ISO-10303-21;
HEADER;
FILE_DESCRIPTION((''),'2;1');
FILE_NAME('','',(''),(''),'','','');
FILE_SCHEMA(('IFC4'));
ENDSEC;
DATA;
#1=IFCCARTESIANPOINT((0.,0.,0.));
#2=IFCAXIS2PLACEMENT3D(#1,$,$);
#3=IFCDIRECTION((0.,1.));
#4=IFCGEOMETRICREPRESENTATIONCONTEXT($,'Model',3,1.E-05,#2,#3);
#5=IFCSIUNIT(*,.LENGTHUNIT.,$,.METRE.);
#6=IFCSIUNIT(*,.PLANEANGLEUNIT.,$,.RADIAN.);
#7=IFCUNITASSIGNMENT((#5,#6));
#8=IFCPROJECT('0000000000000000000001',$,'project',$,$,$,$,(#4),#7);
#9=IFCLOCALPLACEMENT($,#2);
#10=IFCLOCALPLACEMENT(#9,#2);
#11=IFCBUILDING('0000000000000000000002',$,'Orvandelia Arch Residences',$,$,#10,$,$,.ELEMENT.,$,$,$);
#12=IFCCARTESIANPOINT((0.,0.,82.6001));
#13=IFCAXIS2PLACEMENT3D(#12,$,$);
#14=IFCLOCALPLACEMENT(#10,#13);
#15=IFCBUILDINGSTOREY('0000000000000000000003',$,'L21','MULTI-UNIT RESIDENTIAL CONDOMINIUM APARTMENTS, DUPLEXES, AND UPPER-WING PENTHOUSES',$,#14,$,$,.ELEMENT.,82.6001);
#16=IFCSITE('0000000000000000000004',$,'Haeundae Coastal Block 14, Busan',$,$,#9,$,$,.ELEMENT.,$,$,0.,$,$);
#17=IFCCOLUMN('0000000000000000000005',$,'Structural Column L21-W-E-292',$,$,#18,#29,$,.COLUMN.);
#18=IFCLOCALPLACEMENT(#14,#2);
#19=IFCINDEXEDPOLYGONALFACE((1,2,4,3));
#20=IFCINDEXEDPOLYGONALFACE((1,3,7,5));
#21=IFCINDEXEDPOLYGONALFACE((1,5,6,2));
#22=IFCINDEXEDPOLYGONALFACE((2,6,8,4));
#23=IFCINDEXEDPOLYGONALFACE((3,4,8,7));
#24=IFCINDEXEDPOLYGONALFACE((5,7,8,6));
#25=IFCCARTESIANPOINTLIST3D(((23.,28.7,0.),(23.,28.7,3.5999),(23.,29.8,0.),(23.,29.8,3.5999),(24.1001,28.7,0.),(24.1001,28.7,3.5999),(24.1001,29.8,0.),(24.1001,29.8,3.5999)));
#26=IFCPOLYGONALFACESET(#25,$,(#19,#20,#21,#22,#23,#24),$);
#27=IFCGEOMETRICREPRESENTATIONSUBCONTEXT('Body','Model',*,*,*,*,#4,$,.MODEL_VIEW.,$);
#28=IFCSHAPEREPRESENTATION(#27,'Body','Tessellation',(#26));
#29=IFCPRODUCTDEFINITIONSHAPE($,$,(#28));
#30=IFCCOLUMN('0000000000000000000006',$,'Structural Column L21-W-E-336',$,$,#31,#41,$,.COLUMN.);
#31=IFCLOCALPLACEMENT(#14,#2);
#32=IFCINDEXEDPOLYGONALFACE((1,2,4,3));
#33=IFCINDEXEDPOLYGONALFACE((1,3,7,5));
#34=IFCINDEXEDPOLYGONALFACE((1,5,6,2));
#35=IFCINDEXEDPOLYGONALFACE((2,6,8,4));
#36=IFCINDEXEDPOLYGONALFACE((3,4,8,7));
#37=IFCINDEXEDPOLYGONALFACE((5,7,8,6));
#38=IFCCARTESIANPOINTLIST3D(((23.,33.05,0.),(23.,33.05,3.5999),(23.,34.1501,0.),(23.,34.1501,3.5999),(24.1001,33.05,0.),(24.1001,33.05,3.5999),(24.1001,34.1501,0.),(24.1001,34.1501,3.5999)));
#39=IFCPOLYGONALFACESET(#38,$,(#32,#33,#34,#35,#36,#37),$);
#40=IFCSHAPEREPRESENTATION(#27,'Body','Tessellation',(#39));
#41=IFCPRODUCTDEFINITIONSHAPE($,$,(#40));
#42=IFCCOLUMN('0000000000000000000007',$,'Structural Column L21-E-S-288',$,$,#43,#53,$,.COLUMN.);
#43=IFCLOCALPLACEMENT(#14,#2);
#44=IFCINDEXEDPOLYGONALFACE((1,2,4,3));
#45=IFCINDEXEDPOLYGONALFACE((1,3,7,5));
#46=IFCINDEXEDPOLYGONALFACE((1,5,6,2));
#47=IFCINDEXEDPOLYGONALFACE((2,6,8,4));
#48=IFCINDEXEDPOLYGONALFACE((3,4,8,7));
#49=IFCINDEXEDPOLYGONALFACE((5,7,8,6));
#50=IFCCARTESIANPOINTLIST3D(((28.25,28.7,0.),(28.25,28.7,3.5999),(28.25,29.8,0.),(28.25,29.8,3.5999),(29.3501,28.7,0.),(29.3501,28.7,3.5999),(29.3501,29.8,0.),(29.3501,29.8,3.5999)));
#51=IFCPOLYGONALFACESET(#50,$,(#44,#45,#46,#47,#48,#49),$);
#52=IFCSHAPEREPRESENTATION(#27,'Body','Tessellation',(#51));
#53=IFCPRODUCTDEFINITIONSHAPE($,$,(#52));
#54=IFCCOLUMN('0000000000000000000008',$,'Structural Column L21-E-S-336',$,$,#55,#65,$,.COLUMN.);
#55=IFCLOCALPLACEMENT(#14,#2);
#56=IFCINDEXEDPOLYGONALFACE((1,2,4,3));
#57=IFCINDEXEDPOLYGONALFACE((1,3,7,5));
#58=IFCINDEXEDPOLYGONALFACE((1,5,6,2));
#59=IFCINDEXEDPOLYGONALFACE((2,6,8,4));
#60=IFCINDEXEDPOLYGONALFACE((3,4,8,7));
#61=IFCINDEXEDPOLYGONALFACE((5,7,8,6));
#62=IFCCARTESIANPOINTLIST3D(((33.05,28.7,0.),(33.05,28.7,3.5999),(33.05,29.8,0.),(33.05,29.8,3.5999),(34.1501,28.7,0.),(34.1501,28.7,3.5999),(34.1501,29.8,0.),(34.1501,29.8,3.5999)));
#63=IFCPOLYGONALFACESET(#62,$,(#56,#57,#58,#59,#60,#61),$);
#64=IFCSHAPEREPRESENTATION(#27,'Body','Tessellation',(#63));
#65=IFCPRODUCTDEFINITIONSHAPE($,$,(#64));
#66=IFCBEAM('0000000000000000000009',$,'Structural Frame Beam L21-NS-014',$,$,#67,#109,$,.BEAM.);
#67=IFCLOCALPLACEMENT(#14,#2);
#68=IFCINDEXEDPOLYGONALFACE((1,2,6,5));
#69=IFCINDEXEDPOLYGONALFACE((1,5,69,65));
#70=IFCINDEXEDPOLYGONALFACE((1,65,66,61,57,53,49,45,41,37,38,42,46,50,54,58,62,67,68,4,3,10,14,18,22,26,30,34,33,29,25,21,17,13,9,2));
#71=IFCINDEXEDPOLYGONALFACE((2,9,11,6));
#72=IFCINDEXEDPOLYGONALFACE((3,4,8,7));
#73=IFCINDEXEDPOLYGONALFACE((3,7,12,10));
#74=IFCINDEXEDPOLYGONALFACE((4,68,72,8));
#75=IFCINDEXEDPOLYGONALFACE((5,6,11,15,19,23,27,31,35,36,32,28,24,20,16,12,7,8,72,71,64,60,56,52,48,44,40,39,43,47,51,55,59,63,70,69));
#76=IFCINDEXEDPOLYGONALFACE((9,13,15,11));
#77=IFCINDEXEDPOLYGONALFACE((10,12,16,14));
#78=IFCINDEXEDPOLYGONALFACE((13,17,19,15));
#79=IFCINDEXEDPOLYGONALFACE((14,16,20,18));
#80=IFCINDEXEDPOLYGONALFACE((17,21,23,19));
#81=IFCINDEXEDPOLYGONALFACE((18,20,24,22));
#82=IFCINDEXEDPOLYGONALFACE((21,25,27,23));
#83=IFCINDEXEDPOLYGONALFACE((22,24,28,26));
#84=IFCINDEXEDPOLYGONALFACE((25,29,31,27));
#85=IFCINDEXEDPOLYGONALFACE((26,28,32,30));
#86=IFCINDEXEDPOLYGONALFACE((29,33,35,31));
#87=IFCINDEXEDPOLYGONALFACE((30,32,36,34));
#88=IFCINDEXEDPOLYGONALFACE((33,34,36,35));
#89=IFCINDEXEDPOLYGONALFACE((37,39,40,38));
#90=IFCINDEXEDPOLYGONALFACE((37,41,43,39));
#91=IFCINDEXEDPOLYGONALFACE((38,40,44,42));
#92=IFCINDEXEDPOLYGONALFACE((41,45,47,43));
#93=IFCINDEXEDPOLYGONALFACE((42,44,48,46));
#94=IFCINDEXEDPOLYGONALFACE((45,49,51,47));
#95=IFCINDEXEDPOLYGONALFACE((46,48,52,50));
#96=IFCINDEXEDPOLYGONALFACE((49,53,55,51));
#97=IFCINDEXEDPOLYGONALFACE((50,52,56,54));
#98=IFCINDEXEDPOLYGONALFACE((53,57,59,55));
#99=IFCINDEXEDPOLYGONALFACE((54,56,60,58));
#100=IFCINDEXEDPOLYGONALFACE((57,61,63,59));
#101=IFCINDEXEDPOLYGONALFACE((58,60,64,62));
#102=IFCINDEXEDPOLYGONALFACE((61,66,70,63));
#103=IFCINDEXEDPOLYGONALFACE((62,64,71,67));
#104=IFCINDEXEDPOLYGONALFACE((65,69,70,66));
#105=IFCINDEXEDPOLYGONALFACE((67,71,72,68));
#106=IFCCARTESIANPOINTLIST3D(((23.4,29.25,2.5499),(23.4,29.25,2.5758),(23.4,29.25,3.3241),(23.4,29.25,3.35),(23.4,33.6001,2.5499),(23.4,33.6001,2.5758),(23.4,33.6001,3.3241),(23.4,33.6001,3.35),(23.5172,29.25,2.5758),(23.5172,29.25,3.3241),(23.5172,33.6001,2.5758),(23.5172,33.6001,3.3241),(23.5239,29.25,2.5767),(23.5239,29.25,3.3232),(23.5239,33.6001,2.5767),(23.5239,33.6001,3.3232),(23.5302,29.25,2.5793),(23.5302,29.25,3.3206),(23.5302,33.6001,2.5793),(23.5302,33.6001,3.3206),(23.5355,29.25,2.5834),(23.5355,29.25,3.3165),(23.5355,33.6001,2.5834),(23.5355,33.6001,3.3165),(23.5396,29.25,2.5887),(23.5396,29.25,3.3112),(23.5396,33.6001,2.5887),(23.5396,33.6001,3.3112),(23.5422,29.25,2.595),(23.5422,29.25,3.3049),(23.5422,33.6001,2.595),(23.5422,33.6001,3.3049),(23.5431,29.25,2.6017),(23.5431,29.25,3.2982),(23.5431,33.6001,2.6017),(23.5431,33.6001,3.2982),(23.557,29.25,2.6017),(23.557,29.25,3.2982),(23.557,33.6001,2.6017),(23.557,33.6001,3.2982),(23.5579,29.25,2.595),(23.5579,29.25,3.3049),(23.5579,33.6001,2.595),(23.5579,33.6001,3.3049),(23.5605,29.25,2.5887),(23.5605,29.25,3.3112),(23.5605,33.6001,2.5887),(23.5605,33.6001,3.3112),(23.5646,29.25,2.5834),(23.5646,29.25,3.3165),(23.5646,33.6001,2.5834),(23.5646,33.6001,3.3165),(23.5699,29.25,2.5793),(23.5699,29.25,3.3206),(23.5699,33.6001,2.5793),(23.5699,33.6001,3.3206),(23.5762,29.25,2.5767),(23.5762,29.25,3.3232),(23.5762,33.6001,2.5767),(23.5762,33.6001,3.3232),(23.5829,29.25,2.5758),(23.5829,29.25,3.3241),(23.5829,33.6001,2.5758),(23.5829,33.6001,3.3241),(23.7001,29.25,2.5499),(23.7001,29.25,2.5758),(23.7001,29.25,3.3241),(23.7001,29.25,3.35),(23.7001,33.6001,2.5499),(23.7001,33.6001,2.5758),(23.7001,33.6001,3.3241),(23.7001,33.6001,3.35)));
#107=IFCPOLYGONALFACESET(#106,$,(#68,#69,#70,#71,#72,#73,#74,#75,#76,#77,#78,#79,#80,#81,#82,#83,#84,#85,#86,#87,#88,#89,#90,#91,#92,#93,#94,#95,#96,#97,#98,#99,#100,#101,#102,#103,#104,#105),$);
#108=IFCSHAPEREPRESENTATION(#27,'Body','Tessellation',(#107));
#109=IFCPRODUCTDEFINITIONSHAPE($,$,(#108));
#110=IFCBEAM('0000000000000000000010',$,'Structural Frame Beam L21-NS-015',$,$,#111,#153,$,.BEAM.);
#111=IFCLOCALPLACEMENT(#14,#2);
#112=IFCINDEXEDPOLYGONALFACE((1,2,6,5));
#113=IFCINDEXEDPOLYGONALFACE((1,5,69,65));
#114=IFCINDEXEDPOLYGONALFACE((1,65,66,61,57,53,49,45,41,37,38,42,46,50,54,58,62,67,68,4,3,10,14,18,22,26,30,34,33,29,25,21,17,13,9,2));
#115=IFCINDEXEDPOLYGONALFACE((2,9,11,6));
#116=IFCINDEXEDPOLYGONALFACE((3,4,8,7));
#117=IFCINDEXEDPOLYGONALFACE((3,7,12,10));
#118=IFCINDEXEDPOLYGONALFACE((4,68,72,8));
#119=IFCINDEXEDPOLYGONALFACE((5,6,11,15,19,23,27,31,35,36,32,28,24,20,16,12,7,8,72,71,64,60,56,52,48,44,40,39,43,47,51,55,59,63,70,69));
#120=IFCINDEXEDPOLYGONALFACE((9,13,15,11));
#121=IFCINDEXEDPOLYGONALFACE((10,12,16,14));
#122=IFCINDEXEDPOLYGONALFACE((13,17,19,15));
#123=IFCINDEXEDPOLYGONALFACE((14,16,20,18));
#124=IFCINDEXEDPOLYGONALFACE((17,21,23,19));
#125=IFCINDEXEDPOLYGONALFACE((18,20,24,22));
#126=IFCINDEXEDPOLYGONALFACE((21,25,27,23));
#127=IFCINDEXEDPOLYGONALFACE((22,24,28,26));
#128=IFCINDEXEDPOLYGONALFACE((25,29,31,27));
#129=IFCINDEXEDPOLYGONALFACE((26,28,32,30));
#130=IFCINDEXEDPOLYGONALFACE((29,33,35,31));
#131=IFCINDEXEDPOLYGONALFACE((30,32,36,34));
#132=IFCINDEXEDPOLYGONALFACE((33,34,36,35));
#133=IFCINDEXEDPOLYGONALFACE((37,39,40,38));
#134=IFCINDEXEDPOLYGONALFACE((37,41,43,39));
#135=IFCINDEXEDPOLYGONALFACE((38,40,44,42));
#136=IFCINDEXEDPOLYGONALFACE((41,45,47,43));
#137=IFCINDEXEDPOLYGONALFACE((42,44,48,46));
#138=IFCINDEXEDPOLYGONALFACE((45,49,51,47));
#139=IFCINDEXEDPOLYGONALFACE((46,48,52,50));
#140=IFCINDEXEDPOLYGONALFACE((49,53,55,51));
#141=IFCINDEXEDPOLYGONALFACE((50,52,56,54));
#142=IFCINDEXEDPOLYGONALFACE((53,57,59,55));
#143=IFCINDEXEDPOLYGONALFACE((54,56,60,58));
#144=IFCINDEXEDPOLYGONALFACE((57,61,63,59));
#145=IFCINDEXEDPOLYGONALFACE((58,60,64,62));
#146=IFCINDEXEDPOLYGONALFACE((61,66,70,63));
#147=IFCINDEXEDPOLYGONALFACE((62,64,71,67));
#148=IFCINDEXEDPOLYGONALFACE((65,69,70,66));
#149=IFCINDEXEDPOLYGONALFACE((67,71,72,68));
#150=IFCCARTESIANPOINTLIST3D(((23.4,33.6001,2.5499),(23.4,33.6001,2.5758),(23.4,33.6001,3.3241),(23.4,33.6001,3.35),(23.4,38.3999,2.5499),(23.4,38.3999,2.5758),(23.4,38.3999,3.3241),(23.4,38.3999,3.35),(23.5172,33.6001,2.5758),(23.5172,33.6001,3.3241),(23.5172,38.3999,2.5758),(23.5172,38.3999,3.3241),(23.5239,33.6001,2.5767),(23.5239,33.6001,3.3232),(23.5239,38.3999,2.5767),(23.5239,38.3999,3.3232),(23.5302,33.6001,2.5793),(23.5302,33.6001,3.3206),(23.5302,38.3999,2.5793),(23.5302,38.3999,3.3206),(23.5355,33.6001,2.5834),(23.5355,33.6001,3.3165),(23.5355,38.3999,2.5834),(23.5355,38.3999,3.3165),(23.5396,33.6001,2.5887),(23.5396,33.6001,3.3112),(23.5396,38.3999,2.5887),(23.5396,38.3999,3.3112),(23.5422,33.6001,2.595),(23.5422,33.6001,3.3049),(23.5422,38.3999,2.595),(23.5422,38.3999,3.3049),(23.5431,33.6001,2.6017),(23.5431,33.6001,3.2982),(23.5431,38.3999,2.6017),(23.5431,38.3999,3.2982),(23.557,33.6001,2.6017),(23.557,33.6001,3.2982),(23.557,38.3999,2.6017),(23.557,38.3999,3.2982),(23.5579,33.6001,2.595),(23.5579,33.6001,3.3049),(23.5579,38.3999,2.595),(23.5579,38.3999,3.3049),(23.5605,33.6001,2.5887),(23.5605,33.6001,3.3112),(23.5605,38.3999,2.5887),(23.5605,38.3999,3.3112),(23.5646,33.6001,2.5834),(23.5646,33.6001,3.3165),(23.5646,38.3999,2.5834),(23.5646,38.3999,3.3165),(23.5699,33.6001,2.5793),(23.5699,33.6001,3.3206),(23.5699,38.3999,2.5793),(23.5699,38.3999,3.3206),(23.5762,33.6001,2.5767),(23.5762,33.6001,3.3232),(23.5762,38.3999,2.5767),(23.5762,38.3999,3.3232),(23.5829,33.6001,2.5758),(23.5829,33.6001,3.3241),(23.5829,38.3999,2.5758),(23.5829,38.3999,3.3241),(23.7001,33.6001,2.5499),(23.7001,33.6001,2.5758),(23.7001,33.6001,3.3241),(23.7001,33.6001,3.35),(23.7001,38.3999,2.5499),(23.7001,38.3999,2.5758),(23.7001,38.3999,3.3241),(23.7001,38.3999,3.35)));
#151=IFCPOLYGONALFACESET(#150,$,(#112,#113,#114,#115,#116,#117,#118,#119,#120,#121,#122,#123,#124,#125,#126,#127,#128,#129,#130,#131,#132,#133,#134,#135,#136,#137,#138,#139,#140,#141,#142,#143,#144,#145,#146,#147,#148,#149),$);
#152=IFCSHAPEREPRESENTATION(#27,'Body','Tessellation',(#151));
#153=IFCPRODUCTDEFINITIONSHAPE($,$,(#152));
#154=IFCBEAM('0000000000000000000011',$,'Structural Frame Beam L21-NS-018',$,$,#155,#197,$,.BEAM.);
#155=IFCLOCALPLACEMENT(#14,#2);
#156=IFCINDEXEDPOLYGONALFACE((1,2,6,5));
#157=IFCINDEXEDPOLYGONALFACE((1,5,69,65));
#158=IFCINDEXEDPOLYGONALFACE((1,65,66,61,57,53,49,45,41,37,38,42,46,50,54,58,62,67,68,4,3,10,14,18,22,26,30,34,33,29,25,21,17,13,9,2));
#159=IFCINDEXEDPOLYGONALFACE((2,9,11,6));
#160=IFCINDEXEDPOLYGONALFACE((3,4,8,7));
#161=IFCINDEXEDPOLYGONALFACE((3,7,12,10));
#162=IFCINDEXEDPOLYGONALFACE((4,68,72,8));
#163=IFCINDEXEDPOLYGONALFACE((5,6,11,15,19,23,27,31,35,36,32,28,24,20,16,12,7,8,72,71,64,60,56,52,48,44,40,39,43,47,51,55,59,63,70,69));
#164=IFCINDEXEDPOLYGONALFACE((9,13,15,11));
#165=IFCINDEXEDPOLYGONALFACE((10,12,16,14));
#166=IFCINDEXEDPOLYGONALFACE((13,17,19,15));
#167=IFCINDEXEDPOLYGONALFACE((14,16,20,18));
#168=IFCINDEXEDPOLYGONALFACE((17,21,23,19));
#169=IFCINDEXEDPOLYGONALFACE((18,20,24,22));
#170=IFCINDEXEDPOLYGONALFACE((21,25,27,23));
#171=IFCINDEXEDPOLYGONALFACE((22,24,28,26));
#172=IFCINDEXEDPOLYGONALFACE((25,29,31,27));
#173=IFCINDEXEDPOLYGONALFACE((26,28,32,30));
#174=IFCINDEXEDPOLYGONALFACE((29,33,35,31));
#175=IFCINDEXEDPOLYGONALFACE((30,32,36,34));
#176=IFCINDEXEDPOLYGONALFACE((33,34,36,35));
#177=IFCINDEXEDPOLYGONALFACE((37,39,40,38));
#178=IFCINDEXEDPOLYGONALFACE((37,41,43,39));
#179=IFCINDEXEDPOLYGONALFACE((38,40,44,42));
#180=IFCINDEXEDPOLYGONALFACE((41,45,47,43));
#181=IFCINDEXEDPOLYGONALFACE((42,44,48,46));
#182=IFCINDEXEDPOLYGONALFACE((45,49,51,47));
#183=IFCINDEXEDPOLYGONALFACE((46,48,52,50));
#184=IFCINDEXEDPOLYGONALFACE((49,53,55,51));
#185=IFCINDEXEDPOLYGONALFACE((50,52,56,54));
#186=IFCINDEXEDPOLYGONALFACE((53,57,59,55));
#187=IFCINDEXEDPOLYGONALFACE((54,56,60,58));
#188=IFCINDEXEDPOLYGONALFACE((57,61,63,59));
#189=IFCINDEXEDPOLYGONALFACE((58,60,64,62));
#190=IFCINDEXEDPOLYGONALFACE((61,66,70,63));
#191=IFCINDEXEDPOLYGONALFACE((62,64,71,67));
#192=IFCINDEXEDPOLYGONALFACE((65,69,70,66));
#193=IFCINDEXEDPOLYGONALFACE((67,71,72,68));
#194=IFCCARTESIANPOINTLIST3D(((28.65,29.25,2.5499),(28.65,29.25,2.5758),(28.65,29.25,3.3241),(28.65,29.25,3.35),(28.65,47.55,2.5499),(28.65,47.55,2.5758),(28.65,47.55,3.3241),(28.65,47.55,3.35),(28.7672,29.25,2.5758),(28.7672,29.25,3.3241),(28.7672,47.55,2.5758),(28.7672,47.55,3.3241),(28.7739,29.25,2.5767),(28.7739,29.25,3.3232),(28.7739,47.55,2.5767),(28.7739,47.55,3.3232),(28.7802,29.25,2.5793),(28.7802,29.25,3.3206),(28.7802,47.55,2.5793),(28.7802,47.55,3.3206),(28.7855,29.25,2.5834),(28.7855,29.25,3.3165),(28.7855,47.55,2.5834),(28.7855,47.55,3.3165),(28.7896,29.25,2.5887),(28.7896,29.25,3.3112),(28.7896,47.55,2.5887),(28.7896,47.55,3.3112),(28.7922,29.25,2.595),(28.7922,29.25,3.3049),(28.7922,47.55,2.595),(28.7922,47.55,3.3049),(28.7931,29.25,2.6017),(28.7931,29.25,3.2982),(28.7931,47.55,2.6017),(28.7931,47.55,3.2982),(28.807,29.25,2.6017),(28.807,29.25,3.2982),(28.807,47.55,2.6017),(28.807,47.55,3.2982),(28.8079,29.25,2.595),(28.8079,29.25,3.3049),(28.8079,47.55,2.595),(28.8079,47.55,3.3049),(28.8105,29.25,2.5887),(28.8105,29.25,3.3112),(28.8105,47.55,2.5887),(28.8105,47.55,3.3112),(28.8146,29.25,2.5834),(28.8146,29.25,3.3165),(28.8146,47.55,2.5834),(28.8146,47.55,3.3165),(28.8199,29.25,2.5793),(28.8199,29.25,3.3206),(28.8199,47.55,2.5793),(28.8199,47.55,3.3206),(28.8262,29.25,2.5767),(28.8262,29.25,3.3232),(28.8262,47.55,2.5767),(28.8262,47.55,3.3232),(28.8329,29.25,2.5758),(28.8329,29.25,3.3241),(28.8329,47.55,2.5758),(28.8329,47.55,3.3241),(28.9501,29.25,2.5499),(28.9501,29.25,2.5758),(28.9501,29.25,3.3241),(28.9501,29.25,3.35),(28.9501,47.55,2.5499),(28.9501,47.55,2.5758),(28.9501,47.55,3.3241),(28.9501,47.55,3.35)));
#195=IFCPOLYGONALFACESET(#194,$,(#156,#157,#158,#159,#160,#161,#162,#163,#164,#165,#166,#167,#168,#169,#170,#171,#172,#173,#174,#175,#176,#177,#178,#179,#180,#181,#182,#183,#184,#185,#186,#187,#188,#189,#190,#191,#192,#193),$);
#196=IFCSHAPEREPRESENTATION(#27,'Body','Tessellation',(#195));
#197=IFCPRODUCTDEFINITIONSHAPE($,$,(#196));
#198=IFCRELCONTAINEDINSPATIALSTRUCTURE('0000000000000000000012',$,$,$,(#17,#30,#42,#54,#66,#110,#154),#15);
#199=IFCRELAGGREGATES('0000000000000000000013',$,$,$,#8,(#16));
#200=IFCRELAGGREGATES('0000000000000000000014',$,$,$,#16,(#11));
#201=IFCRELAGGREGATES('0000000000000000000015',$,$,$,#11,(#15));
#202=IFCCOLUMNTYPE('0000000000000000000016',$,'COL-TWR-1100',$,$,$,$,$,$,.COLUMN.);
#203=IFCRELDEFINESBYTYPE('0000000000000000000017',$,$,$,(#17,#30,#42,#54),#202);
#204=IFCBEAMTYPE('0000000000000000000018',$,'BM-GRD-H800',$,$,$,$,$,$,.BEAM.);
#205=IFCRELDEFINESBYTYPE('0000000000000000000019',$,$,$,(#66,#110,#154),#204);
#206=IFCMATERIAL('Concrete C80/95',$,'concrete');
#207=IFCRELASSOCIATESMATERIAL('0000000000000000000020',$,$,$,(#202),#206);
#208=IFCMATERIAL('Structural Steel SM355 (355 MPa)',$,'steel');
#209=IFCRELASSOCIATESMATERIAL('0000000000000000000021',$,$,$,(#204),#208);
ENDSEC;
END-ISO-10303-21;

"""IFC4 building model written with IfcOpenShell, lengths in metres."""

from ifc_helpers import new_model, si_unit, direction, frame, origin, origin_2d, place, context, subcontext, project, spatial, rectangle, i_section, extrude, material, material_profile, profile_set, type_object, element, save


model = new_model("IFC4")

# Units and contexts
model_context = context("Model", 3, precision=1e-05, world=origin(), true_north=direction((0.0, 1.0)))
body_context = subcontext(model_context, "Body", "Model", "MODEL_VIEW")
ifc_project = project(units=[si_unit("LENGTHUNIT", "METRE"), si_unit("PLANEANGLEUNIT", "RADIAN")], contexts=[model_context])

# Site, building, storey
site_placement = place(None, origin())
site = spatial("IfcSite", under=ifc_project, at=site_placement, Name="Haeundae Coastal Block 14, Busan", CompositionType="ELEMENT", RefElevation=0.0)
building_placement = place(site_placement, origin())
building = spatial("IfcBuilding", under=site, at=building_placement, Name="Orvandelia Arch Residences", CompositionType="ELEMENT")
storey_placement = place(building_placement, frame((0.0, 0.0, 82.6001)))
storey = spatial("IfcBuildingStorey", under=building, at=storey_placement, Name="L21", Description="MULTI-UNIT RESIDENTIAL CONDOMINIUM APARTMENTS, DUPLEXES, AND UPPER-WING PENTHOUSES", CompositionType="ELEMENT", Elevation=82.6001)

# Columns
ifc_material_1 = material(Name="Concrete C80/95", Category="concrete")
ifc_material_profile_1 = material_profile(ifc_material_1, rectangle(XDim=1.1001, YDim=1.1001, at=origin_2d()), Name="Concrete C80/95", Category="concrete")
ifc_profile_set_1 = profile_set([ifc_material_profile_1], Name="Concrete C80/95")
column_type = type_object("IfcColumnType", Name="COL-TWR-1100", PredefinedType="COLUMN", material=ifc_profile_set_1)
for number, where, z_axis, x_axis, name in (
    (1, (23.55, 29.25, 0.0), (0.0, 0.0, 1.0), (1.0, 0.0, 0.0), "Structural Column L21-W-E-292"),
    (2, (23.55, 33.6001, 0.0), (0.0, 0.0, 1.0), (1.0, 0.0, 0.0), "Structural Column L21-W-E-336"),
    (3, (28.8, 29.25, 0.0), (0.0, 0.0, 1.0), (1.0, 0.0, 0.0), "Structural Column L21-E-S-288"),
    (4, (33.6001, 29.25, 0.0), (0.0, 0.0, 1.0), (1.0, 0.0, 0.0), "Structural Column L21-E-S-336"),
):
    element("IfcColumn", number, at=place(storey_placement, frame(where, z_axis=z_axis, x_axis=x_axis)), inside=storey, type_object=column_type, Name=name, PredefinedType="COLUMN", context=body_context, shape_type="SweptSolid", body=[
        extrude(rectangle(XDim=1.1001, YDim=1.1001, at=origin_2d()), origin(), (0.0, 0.0, 1.0), 3.5999),
    ])

# Beams
ifc_material_2 = material(Name="Structural Steel SM355 (355 MPa)", Category="steel")
ifc_material_profile_2 = material_profile(ifc_material_2, i_section(OverallWidth=0.3, OverallDepth=0.8, WebThickness=0.0139, FlangeThickness=0.0259, FilletRadius=0.0259, at=origin_2d()), Name="Structural Steel SM355 (355 MPa)", Category="steel")
ifc_profile_set_2 = profile_set([ifc_material_profile_2], Name="Structural Steel SM355 (355 MPa)")
beam_type = type_object("IfcBeamType", Name="BM-GRD-H800", PredefinedType="BEAM", material=ifc_profile_set_2)
beam_1_placement = place(storey_placement, frame((23.55, 29.25, 2.95), z_axis=(0.0, 1.0, 0.0), x_axis=(-1.0, 0.0, 0.0)))
element("IfcBeam", 5, at=beam_1_placement, inside=storey, type_object=beam_type, Name="Structural Frame Beam L21-NS-014", PredefinedType="BEAM", context=body_context, shape_type="SweptSolid", body=[
    extrude(i_section(OverallWidth=0.3, OverallDepth=0.8, WebThickness=0.0139, FlangeThickness=0.0259, FilletRadius=0.0259, at=origin_2d()), origin(), (0.0, 0.0, 1.0), 4.3501),
])
beam_2_placement = place(storey_placement, frame((23.55, 33.6001, 2.95), z_axis=(0.0, 1.0, 0.0), x_axis=(-1.0, 0.0, 0.0)))
element("IfcBeam", 6, at=beam_2_placement, inside=storey, type_object=beam_type, Name="Structural Frame Beam L21-NS-015", PredefinedType="BEAM", context=body_context, shape_type="SweptSolid", body=[
    extrude(i_section(OverallWidth=0.3, OverallDepth=0.8, WebThickness=0.0139, FlangeThickness=0.0259, FilletRadius=0.0259, at=origin_2d()), origin(), (0.0, 0.0, 1.0), 4.7998),
])
for number, where, z_axis, x_axis, name in (
    (7, (28.8, 29.25, 2.95), (0.0, 1.0, 0.0), (-1.0, 0.0, 0.0), "Structural Frame Beam L21-NS-018"),
):
    element("IfcBeam", number, at=place(storey_placement, frame(where, z_axis=z_axis, x_axis=x_axis)), inside=storey, type_object=beam_type, Name=name, PredefinedType="BEAM", context=body_context, shape_type="SweptSolid", body=[
        extrude(i_section(OverallWidth=0.3, OverallDepth=0.8, WebThickness=0.0139, FlangeThickness=0.0259, FilletRadius=0.0259, at=origin_2d()), origin(), (0.0, 0.0, 1.0), 18.3),
    ])

save(model, "model.ifc")
